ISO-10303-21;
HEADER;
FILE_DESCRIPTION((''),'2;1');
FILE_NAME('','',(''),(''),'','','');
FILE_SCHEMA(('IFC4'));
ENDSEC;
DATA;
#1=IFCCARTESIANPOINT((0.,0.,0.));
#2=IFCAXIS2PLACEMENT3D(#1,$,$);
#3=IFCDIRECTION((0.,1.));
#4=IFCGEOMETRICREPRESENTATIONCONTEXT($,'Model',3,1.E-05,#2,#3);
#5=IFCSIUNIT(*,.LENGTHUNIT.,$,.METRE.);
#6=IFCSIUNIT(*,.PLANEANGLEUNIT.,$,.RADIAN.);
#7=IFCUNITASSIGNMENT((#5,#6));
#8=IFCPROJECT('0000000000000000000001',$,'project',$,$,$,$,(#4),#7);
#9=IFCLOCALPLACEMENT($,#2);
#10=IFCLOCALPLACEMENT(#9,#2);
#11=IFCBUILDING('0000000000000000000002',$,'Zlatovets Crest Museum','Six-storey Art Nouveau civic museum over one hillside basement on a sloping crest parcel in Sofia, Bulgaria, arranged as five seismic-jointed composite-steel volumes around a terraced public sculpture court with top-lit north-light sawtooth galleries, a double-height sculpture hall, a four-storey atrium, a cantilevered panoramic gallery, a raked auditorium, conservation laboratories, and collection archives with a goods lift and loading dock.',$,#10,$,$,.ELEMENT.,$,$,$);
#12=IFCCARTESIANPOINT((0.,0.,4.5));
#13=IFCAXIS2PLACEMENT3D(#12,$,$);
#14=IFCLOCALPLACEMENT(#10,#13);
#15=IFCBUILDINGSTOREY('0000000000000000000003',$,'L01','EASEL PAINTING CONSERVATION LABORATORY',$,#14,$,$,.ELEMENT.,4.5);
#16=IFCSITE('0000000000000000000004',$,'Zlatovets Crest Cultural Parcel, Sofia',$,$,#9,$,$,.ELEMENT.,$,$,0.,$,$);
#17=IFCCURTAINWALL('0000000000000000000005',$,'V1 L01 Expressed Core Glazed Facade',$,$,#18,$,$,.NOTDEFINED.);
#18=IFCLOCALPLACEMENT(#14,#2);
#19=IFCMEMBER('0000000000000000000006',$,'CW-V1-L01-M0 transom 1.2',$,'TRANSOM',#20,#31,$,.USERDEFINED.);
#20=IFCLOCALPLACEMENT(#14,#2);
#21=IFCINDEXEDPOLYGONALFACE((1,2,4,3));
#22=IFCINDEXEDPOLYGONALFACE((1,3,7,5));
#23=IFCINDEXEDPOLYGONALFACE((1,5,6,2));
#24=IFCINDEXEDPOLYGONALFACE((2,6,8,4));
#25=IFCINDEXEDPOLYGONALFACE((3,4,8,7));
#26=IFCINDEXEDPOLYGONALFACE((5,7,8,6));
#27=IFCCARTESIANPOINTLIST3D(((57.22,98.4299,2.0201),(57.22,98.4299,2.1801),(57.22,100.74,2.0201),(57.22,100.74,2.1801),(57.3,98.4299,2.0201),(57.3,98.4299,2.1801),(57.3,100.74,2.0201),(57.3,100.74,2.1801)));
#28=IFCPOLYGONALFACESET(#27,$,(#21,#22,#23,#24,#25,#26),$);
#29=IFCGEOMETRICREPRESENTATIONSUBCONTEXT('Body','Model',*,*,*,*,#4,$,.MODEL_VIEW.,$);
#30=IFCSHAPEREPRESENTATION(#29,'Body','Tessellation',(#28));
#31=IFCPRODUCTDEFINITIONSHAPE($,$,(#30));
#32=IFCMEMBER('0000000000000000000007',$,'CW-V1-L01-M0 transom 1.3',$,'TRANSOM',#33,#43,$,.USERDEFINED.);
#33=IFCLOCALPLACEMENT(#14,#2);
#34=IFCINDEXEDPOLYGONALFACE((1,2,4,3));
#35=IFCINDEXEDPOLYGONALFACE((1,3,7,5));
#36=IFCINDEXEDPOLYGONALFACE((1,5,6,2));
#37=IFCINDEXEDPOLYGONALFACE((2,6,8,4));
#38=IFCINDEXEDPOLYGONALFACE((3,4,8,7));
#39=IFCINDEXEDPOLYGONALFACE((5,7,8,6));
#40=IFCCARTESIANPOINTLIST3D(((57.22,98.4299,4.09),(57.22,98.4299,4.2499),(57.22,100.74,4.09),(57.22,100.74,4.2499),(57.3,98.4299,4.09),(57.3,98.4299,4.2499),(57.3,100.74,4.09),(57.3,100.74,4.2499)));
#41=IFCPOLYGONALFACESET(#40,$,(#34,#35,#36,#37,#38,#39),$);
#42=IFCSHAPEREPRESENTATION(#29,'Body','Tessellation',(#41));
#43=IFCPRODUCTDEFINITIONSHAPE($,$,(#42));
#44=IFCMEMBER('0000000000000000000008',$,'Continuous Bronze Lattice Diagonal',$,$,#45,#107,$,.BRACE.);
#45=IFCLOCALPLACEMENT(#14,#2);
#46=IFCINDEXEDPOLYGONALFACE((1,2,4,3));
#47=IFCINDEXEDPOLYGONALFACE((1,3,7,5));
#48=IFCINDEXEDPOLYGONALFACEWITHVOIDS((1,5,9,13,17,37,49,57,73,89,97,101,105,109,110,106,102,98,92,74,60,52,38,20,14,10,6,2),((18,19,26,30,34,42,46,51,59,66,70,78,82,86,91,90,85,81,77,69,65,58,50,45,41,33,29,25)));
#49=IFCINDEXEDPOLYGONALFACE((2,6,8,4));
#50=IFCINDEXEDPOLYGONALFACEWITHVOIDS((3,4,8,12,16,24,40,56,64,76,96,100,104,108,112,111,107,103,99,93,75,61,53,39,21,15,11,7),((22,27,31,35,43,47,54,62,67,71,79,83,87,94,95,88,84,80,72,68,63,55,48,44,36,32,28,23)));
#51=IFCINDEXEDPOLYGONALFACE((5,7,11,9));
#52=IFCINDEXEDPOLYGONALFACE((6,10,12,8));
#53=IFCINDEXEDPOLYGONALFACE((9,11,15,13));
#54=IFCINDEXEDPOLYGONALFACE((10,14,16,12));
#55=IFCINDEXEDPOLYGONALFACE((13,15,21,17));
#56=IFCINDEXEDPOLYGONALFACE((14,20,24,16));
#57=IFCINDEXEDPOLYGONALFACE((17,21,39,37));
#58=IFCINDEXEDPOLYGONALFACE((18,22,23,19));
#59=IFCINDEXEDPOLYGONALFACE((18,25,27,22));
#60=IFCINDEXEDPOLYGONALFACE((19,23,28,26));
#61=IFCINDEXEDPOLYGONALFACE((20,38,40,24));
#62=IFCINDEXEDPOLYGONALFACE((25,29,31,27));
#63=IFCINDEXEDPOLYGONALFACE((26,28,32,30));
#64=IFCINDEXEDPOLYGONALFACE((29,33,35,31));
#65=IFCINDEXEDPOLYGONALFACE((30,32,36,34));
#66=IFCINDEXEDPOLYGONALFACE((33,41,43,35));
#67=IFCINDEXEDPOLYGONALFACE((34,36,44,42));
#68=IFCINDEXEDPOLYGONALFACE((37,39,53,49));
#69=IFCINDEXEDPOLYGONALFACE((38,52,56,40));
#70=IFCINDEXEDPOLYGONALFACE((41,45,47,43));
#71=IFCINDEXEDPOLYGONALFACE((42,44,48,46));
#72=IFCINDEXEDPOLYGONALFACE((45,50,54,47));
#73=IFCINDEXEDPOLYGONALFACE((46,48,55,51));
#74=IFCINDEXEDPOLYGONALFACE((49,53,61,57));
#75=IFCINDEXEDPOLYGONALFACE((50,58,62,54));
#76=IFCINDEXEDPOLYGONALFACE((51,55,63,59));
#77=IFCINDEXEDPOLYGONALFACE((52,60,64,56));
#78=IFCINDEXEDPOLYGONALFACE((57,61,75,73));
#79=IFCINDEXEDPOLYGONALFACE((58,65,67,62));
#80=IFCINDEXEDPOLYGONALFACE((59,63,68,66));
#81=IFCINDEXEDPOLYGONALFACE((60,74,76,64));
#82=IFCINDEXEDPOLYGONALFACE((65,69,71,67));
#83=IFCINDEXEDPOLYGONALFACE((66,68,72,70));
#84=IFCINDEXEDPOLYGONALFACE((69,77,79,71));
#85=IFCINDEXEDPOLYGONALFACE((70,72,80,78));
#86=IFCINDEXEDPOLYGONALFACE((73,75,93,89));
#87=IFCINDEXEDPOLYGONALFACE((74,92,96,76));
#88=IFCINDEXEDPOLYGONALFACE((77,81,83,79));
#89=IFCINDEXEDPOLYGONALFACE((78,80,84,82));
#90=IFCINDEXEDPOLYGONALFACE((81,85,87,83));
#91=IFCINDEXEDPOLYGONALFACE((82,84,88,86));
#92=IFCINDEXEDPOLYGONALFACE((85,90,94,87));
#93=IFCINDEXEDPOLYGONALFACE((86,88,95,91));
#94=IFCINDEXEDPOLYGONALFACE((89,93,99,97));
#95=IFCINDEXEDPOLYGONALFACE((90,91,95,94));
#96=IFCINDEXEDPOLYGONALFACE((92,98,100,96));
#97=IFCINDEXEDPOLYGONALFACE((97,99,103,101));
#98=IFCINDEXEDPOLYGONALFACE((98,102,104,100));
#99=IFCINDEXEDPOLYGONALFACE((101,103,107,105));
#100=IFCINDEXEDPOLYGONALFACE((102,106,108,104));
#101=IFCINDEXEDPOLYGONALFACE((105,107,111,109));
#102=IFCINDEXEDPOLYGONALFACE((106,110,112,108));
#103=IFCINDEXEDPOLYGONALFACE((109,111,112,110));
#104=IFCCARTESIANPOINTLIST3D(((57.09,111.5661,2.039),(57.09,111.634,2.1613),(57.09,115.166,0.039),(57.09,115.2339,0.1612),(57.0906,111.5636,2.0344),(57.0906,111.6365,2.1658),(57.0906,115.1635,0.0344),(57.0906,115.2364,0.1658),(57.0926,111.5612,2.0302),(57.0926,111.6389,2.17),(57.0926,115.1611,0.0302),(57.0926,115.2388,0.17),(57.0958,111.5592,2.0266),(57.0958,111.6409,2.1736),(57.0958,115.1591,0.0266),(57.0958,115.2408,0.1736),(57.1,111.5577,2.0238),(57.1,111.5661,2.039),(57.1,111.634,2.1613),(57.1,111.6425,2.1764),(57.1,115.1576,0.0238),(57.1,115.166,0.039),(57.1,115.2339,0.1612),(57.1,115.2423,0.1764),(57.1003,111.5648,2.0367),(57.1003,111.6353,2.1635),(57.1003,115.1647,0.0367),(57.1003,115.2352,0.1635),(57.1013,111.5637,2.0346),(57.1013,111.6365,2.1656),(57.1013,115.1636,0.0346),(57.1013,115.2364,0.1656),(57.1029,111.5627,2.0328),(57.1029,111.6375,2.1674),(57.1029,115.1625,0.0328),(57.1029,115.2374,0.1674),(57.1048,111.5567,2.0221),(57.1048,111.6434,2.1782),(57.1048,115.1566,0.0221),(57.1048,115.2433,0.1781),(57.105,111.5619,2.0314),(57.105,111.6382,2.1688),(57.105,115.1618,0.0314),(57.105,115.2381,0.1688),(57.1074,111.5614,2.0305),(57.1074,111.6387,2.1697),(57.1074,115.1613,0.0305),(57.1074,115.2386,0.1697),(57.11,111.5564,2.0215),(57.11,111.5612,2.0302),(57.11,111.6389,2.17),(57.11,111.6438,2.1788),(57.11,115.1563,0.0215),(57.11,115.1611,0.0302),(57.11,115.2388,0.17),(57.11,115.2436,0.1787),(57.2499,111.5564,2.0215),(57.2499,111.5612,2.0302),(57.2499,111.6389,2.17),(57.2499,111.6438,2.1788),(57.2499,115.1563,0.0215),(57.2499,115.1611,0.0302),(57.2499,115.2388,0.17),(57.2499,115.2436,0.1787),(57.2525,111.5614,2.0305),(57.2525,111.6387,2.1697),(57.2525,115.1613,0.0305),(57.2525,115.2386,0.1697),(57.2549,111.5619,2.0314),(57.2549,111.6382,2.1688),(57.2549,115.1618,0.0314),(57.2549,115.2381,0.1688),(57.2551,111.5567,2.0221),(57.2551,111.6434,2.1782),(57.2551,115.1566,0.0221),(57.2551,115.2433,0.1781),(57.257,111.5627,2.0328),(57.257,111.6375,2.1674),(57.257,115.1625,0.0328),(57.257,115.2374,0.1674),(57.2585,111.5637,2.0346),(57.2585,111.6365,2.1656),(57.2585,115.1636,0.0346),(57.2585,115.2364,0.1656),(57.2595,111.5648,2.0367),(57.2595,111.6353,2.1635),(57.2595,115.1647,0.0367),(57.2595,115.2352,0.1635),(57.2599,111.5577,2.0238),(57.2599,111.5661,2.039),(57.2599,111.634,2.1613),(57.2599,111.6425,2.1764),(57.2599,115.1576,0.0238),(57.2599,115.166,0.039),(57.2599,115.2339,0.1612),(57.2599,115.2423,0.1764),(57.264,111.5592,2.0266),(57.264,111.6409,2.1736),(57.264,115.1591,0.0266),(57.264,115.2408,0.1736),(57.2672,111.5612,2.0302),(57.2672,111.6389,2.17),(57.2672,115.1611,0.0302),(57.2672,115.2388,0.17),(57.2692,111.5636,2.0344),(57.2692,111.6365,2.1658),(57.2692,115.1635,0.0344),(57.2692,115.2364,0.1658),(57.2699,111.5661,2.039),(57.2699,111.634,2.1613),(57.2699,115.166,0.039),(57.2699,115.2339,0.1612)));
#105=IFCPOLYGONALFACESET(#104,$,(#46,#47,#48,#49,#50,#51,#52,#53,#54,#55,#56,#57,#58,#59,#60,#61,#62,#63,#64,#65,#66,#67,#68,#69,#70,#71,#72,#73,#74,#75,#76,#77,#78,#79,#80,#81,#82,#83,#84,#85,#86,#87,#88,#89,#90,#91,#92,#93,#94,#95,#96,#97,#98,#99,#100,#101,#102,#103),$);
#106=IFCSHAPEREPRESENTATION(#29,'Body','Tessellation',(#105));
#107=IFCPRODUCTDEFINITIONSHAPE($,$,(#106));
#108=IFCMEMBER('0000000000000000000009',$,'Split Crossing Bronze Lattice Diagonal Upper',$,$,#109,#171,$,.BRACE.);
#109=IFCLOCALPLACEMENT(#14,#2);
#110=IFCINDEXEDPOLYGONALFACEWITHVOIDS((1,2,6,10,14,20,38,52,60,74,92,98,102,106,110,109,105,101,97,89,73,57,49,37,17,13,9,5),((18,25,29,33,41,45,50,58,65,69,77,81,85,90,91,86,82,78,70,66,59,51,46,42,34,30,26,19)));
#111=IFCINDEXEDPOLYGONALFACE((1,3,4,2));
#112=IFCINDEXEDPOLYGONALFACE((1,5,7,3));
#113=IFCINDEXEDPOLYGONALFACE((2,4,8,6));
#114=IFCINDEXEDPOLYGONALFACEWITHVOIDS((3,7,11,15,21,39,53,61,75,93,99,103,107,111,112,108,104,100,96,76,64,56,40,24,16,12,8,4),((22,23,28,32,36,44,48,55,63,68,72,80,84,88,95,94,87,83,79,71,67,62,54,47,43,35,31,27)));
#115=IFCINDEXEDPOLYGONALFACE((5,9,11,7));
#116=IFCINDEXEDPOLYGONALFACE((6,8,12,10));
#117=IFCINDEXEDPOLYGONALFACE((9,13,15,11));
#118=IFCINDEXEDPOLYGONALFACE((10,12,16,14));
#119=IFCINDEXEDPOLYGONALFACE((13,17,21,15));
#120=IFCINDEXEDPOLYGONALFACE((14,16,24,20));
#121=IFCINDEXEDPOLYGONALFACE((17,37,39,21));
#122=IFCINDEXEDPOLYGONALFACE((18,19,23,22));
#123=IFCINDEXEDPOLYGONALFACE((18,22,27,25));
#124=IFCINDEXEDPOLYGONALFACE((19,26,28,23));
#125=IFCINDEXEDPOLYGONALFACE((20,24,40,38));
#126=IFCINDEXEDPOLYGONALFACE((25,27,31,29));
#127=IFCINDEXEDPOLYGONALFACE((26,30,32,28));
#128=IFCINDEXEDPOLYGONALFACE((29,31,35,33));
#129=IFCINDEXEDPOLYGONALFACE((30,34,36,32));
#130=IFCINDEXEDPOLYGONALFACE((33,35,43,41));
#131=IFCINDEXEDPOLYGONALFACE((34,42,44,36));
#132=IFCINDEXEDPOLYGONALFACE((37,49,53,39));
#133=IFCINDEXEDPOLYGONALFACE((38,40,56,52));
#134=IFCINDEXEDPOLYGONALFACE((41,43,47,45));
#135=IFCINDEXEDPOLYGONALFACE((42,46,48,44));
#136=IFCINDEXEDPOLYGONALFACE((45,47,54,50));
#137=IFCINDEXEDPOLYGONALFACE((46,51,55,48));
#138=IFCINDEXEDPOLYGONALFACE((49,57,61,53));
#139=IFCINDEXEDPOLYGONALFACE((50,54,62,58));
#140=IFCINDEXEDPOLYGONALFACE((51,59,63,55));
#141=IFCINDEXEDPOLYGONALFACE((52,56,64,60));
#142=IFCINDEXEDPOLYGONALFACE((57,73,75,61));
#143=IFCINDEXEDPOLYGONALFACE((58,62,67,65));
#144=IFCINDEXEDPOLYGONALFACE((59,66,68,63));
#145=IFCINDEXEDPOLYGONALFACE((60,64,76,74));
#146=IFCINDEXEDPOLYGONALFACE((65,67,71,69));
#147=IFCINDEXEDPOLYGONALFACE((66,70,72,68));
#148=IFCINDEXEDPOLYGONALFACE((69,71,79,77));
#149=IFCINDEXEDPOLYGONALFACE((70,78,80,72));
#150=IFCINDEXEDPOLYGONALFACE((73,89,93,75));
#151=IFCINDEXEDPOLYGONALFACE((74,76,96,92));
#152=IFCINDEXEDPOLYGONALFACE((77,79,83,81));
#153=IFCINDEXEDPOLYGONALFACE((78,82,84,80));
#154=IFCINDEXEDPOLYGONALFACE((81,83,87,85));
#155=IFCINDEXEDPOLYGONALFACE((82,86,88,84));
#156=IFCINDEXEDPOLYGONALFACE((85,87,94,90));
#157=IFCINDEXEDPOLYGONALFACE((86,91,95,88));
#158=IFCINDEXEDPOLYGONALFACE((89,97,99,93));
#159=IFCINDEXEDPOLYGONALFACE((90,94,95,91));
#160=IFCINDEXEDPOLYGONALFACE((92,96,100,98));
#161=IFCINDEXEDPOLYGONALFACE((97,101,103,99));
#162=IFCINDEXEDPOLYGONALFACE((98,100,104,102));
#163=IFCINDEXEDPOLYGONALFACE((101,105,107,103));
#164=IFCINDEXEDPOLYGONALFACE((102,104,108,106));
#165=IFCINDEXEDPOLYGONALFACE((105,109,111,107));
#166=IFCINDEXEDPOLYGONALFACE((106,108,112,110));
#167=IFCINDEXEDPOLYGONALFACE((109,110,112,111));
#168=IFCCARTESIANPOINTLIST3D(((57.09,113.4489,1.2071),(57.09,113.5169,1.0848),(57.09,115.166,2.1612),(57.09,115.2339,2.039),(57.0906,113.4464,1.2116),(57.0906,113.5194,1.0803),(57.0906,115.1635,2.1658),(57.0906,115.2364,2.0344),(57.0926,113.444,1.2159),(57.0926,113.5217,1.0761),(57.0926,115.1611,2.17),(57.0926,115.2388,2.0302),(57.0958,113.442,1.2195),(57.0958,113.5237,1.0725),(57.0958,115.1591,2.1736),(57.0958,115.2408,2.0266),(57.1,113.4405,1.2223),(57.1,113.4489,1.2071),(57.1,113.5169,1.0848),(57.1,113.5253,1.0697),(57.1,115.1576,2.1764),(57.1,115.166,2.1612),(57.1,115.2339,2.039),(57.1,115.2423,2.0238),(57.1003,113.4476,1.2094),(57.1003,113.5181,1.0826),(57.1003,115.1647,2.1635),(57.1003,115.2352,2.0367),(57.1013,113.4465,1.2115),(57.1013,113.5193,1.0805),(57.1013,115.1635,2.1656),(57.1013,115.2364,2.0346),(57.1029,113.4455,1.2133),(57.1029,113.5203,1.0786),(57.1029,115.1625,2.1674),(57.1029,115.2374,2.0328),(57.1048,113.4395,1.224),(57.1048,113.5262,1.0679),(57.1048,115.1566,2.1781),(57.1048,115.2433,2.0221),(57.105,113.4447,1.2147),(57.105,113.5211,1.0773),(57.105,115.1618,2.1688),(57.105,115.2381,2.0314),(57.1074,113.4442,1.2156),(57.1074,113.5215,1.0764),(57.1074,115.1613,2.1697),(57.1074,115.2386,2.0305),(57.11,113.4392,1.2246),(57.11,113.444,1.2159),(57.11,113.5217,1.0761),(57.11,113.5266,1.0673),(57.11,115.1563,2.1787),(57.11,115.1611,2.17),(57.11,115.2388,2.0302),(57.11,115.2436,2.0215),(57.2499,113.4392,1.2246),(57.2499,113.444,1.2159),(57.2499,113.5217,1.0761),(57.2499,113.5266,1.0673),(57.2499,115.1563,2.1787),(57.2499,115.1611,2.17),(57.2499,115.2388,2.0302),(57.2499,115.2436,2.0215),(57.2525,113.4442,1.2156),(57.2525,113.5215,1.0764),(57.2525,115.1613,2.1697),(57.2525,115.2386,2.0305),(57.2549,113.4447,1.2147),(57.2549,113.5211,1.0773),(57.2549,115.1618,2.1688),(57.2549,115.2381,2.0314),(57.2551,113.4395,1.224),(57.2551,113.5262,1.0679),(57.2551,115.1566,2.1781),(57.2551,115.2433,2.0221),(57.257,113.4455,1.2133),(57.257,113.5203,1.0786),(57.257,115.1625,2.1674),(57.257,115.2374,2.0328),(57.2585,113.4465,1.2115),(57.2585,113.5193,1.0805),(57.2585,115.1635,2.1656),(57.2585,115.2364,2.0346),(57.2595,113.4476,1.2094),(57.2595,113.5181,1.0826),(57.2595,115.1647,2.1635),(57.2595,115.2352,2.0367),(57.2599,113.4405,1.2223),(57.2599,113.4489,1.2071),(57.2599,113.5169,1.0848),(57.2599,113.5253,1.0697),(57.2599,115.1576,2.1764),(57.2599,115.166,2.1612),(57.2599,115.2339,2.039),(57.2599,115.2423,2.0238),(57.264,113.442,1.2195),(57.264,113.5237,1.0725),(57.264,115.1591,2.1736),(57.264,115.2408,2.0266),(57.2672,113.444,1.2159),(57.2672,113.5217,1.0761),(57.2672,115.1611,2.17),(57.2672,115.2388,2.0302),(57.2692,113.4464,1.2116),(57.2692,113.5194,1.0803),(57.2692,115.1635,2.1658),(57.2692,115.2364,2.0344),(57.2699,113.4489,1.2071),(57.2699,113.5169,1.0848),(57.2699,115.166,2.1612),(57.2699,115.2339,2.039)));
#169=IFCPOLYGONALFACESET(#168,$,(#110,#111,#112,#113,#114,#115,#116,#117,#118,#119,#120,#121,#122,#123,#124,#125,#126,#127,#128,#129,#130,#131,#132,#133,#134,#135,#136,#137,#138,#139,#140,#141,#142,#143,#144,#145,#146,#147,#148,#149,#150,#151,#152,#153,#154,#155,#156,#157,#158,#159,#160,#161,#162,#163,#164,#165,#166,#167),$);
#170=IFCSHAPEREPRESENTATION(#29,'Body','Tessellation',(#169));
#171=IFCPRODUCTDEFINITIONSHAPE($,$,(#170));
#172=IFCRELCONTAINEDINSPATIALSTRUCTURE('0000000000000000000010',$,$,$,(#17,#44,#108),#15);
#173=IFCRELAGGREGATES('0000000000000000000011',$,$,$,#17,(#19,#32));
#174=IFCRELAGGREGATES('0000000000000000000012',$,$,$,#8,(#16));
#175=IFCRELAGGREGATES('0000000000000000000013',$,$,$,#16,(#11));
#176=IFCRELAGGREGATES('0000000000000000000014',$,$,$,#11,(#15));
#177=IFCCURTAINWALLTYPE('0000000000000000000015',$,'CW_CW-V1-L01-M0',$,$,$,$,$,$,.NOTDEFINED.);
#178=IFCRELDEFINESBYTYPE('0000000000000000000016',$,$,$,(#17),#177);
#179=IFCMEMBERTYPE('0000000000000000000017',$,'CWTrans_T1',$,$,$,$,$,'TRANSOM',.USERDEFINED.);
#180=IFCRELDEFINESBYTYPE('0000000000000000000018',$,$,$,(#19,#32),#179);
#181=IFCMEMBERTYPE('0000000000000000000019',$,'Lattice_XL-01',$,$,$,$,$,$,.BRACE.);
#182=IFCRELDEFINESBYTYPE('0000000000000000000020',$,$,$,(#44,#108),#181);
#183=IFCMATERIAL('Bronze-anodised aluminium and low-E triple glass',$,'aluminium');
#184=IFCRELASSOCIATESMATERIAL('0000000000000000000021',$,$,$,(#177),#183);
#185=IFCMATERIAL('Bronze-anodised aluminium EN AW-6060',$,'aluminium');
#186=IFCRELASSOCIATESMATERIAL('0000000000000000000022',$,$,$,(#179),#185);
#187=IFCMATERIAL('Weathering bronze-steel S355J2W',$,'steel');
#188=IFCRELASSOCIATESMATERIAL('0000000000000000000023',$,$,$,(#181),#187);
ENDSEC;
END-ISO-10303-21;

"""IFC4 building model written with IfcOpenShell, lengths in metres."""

from ifc_helpers import new_model, si_unit, direction, frame, origin, origin_2d, place, context, subcontext, project, spatial, rectangle, hollow_rectangle, extrude, material, material_profile, profile_set, type_object, element, aggregate, save


model = new_model("IFC4")

# Units and contexts
model_context = context("Model", 3, precision=1e-05, world=origin(), true_north=direction((0.0, 1.0)))
body_context = subcontext(model_context, "Body", "Model", "MODEL_VIEW")
ifc_project = project(units=[si_unit("LENGTHUNIT", "METRE"), si_unit("PLANEANGLEUNIT", "RADIAN")], contexts=[model_context])

# Site, building, storey
site_placement = place(None, origin())
site = spatial("IfcSite", under=ifc_project, at=site_placement, Name="Zlatovets Crest Cultural Parcel, Sofia", CompositionType="ELEMENT", RefElevation=0.0)
building_placement = place(site_placement, origin())
building = spatial("IfcBuilding", under=site, at=building_placement, Name="Zlatovets Crest Museum", Description="Six-storey Art Nouveau civic museum over one hillside basement on a sloping crest parcel in Sofia, Bulgaria, arranged as five seismic-jointed composite-steel volumes around a terraced public sculpture court with top-lit north-light sawtooth galleries, a double-height sculpture hall, a four-storey atrium, a cantilevered panoramic gallery, a raked auditorium, conservation laboratories, and collection archives with a goods lift and loading dock.", CompositionType="ELEMENT")
storey_placement = place(building_placement, frame((0.0, 0.0, 4.5)))
storey = spatial("IfcBuildingStorey", under=building, at=storey_placement, Name="L01", Description="EASEL PAINTING CONSERVATION LABORATORY", CompositionType="ELEMENT", Elevation=4.5)

# Shared definitions
ifc_material_1 = material(Name="Bronze-anodised aluminium and low-E triple glass", Category="aluminium")
ifc_material_2 = material(Name="Bronze-anodised aluminium EN AW-6060", Category="aluminium")

# Curtain wall
curtain_wall_type_1 = type_object("IfcCurtainWallType", Name="CW_CW-V1-L01-M0", PredefinedType="NOTDEFINED", material=ifc_material_1)
curtain_wall_1_placement = place(storey_placement, origin())
curtain_wall_1 = element("IfcCurtainWall", 1, at=curtain_wall_1_placement, inside=storey, type_object=curtain_wall_type_1, Name="V1 L01 Expressed Core Glazed Facade", PredefinedType="NOTDEFINED")

# Members
ifc_material_profile_1 = material_profile(ifc_material_2, rectangle(XDim=0.0801, YDim=0.1599, at=origin_2d()), Name="ALU 80x160")
ifc_profile_set_1 = profile_set([ifc_material_profile_1], Name="Bronze-anodised aluminium EN AW-6060")
member_type_1 = type_object("IfcMemberType", Name="CWTrans_T1", ElementType="TRANSOM", PredefinedType="USERDEFINED", material=ifc_profile_set_1)
member_1_placement = place(storey_placement, frame((57.26, 100.74, 2.1001), z_axis=(0.0, -1.0, 0.0), x_axis=(1.0, 0.0, 0.0)))
member_1 = element("IfcMember", 2, at=member_1_placement, type_object=member_type_1, Name="CW-V1-L01-M0 transom 1.2", ObjectType="TRANSOM", PredefinedType="USERDEFINED", context=body_context, shape_type="SweptSolid", body=[
    extrude(rectangle(XDim=0.0801, YDim=0.1599, at=origin_2d()), origin(), (0.0, 0.0, 1.0), 2.3101),
])
member_2_placement = place(storey_placement, frame((57.26, 100.74, 4.1699), z_axis=(0.0, -1.0, 0.0), x_axis=(1.0, 0.0, 0.0)))
member_2 = element("IfcMember", 3, at=member_2_placement, type_object=member_type_1, Name="CW-V1-L01-M0 transom 1.3", ObjectType="TRANSOM", PredefinedType="USERDEFINED", context=body_context, shape_type="SweptSolid", body=[
    extrude(rectangle(XDim=0.0801, YDim=0.1599, at=origin_2d()), origin(), (0.0, 0.0, 1.0), 2.3101),
])

# Members
ifc_material_3 = material(Name="Weathering bronze-steel S355J2W", Category="steel")
ifc_material_profile_2 = material_profile(ifc_material_3, hollow_rectangle(XDim=0.1799, YDim=0.1799, WallThickness=0.01, InnerFilletRadius=0.01, OuterFilletRadius=0.02, at=origin_2d()), Name="SHS 180x180x10.0")
ifc_profile_set_2 = profile_set([ifc_material_profile_2], Name="Weathering bronze-steel S355J2W")
member_type_2 = type_object("IfcMemberType", Name="Lattice_XL-01", PredefinedType="BRACE", material=ifc_profile_set_2)
member_3_placement = place(storey_placement, frame((57.1799, 115.2, 0.1001), z_axis=(0.0, -0.874149, 0.485658), x_axis=(1.0, 0.0, 0.0)))
element("IfcMember", 4, at=member_3_placement, inside=storey, type_object=member_type_2, Name="Continuous Bronze Lattice Diagonal", PredefinedType="BRACE", context=body_context, shape_type="SweptSolid", body=[
    extrude(hollow_rectangle(XDim=0.1799, YDim=0.1799, WallThickness=0.01, InnerFilletRadius=0.01, OuterFilletRadius=0.02, at=origin_2d()), origin(), (0.0, 0.0, 1.0), 4.1182),
])
member_4_placement = place(storey_placement, frame((57.1799, 115.2, 2.1001), z_axis=(0.0, -0.874116, -0.485717), x_axis=(1.0, 0.0, 0.0)))
element("IfcMember", 5, at=member_4_placement, inside=storey, type_object=member_type_2, Name="Split Crossing Bronze Lattice Diagonal Upper", PredefinedType="BRACE", context=body_context, shape_type="SweptSolid", body=[
    extrude(hollow_rectangle(XDim=0.1799, YDim=0.1799, WallThickness=0.01, InnerFilletRadius=0.01, OuterFilletRadius=0.02, at=origin_2d()), origin(), (0.0, 0.0, 1.0), 1.9644),
])

aggregate(curtain_wall_1, [member_1, member_2])

save(model, "model.ifc")
